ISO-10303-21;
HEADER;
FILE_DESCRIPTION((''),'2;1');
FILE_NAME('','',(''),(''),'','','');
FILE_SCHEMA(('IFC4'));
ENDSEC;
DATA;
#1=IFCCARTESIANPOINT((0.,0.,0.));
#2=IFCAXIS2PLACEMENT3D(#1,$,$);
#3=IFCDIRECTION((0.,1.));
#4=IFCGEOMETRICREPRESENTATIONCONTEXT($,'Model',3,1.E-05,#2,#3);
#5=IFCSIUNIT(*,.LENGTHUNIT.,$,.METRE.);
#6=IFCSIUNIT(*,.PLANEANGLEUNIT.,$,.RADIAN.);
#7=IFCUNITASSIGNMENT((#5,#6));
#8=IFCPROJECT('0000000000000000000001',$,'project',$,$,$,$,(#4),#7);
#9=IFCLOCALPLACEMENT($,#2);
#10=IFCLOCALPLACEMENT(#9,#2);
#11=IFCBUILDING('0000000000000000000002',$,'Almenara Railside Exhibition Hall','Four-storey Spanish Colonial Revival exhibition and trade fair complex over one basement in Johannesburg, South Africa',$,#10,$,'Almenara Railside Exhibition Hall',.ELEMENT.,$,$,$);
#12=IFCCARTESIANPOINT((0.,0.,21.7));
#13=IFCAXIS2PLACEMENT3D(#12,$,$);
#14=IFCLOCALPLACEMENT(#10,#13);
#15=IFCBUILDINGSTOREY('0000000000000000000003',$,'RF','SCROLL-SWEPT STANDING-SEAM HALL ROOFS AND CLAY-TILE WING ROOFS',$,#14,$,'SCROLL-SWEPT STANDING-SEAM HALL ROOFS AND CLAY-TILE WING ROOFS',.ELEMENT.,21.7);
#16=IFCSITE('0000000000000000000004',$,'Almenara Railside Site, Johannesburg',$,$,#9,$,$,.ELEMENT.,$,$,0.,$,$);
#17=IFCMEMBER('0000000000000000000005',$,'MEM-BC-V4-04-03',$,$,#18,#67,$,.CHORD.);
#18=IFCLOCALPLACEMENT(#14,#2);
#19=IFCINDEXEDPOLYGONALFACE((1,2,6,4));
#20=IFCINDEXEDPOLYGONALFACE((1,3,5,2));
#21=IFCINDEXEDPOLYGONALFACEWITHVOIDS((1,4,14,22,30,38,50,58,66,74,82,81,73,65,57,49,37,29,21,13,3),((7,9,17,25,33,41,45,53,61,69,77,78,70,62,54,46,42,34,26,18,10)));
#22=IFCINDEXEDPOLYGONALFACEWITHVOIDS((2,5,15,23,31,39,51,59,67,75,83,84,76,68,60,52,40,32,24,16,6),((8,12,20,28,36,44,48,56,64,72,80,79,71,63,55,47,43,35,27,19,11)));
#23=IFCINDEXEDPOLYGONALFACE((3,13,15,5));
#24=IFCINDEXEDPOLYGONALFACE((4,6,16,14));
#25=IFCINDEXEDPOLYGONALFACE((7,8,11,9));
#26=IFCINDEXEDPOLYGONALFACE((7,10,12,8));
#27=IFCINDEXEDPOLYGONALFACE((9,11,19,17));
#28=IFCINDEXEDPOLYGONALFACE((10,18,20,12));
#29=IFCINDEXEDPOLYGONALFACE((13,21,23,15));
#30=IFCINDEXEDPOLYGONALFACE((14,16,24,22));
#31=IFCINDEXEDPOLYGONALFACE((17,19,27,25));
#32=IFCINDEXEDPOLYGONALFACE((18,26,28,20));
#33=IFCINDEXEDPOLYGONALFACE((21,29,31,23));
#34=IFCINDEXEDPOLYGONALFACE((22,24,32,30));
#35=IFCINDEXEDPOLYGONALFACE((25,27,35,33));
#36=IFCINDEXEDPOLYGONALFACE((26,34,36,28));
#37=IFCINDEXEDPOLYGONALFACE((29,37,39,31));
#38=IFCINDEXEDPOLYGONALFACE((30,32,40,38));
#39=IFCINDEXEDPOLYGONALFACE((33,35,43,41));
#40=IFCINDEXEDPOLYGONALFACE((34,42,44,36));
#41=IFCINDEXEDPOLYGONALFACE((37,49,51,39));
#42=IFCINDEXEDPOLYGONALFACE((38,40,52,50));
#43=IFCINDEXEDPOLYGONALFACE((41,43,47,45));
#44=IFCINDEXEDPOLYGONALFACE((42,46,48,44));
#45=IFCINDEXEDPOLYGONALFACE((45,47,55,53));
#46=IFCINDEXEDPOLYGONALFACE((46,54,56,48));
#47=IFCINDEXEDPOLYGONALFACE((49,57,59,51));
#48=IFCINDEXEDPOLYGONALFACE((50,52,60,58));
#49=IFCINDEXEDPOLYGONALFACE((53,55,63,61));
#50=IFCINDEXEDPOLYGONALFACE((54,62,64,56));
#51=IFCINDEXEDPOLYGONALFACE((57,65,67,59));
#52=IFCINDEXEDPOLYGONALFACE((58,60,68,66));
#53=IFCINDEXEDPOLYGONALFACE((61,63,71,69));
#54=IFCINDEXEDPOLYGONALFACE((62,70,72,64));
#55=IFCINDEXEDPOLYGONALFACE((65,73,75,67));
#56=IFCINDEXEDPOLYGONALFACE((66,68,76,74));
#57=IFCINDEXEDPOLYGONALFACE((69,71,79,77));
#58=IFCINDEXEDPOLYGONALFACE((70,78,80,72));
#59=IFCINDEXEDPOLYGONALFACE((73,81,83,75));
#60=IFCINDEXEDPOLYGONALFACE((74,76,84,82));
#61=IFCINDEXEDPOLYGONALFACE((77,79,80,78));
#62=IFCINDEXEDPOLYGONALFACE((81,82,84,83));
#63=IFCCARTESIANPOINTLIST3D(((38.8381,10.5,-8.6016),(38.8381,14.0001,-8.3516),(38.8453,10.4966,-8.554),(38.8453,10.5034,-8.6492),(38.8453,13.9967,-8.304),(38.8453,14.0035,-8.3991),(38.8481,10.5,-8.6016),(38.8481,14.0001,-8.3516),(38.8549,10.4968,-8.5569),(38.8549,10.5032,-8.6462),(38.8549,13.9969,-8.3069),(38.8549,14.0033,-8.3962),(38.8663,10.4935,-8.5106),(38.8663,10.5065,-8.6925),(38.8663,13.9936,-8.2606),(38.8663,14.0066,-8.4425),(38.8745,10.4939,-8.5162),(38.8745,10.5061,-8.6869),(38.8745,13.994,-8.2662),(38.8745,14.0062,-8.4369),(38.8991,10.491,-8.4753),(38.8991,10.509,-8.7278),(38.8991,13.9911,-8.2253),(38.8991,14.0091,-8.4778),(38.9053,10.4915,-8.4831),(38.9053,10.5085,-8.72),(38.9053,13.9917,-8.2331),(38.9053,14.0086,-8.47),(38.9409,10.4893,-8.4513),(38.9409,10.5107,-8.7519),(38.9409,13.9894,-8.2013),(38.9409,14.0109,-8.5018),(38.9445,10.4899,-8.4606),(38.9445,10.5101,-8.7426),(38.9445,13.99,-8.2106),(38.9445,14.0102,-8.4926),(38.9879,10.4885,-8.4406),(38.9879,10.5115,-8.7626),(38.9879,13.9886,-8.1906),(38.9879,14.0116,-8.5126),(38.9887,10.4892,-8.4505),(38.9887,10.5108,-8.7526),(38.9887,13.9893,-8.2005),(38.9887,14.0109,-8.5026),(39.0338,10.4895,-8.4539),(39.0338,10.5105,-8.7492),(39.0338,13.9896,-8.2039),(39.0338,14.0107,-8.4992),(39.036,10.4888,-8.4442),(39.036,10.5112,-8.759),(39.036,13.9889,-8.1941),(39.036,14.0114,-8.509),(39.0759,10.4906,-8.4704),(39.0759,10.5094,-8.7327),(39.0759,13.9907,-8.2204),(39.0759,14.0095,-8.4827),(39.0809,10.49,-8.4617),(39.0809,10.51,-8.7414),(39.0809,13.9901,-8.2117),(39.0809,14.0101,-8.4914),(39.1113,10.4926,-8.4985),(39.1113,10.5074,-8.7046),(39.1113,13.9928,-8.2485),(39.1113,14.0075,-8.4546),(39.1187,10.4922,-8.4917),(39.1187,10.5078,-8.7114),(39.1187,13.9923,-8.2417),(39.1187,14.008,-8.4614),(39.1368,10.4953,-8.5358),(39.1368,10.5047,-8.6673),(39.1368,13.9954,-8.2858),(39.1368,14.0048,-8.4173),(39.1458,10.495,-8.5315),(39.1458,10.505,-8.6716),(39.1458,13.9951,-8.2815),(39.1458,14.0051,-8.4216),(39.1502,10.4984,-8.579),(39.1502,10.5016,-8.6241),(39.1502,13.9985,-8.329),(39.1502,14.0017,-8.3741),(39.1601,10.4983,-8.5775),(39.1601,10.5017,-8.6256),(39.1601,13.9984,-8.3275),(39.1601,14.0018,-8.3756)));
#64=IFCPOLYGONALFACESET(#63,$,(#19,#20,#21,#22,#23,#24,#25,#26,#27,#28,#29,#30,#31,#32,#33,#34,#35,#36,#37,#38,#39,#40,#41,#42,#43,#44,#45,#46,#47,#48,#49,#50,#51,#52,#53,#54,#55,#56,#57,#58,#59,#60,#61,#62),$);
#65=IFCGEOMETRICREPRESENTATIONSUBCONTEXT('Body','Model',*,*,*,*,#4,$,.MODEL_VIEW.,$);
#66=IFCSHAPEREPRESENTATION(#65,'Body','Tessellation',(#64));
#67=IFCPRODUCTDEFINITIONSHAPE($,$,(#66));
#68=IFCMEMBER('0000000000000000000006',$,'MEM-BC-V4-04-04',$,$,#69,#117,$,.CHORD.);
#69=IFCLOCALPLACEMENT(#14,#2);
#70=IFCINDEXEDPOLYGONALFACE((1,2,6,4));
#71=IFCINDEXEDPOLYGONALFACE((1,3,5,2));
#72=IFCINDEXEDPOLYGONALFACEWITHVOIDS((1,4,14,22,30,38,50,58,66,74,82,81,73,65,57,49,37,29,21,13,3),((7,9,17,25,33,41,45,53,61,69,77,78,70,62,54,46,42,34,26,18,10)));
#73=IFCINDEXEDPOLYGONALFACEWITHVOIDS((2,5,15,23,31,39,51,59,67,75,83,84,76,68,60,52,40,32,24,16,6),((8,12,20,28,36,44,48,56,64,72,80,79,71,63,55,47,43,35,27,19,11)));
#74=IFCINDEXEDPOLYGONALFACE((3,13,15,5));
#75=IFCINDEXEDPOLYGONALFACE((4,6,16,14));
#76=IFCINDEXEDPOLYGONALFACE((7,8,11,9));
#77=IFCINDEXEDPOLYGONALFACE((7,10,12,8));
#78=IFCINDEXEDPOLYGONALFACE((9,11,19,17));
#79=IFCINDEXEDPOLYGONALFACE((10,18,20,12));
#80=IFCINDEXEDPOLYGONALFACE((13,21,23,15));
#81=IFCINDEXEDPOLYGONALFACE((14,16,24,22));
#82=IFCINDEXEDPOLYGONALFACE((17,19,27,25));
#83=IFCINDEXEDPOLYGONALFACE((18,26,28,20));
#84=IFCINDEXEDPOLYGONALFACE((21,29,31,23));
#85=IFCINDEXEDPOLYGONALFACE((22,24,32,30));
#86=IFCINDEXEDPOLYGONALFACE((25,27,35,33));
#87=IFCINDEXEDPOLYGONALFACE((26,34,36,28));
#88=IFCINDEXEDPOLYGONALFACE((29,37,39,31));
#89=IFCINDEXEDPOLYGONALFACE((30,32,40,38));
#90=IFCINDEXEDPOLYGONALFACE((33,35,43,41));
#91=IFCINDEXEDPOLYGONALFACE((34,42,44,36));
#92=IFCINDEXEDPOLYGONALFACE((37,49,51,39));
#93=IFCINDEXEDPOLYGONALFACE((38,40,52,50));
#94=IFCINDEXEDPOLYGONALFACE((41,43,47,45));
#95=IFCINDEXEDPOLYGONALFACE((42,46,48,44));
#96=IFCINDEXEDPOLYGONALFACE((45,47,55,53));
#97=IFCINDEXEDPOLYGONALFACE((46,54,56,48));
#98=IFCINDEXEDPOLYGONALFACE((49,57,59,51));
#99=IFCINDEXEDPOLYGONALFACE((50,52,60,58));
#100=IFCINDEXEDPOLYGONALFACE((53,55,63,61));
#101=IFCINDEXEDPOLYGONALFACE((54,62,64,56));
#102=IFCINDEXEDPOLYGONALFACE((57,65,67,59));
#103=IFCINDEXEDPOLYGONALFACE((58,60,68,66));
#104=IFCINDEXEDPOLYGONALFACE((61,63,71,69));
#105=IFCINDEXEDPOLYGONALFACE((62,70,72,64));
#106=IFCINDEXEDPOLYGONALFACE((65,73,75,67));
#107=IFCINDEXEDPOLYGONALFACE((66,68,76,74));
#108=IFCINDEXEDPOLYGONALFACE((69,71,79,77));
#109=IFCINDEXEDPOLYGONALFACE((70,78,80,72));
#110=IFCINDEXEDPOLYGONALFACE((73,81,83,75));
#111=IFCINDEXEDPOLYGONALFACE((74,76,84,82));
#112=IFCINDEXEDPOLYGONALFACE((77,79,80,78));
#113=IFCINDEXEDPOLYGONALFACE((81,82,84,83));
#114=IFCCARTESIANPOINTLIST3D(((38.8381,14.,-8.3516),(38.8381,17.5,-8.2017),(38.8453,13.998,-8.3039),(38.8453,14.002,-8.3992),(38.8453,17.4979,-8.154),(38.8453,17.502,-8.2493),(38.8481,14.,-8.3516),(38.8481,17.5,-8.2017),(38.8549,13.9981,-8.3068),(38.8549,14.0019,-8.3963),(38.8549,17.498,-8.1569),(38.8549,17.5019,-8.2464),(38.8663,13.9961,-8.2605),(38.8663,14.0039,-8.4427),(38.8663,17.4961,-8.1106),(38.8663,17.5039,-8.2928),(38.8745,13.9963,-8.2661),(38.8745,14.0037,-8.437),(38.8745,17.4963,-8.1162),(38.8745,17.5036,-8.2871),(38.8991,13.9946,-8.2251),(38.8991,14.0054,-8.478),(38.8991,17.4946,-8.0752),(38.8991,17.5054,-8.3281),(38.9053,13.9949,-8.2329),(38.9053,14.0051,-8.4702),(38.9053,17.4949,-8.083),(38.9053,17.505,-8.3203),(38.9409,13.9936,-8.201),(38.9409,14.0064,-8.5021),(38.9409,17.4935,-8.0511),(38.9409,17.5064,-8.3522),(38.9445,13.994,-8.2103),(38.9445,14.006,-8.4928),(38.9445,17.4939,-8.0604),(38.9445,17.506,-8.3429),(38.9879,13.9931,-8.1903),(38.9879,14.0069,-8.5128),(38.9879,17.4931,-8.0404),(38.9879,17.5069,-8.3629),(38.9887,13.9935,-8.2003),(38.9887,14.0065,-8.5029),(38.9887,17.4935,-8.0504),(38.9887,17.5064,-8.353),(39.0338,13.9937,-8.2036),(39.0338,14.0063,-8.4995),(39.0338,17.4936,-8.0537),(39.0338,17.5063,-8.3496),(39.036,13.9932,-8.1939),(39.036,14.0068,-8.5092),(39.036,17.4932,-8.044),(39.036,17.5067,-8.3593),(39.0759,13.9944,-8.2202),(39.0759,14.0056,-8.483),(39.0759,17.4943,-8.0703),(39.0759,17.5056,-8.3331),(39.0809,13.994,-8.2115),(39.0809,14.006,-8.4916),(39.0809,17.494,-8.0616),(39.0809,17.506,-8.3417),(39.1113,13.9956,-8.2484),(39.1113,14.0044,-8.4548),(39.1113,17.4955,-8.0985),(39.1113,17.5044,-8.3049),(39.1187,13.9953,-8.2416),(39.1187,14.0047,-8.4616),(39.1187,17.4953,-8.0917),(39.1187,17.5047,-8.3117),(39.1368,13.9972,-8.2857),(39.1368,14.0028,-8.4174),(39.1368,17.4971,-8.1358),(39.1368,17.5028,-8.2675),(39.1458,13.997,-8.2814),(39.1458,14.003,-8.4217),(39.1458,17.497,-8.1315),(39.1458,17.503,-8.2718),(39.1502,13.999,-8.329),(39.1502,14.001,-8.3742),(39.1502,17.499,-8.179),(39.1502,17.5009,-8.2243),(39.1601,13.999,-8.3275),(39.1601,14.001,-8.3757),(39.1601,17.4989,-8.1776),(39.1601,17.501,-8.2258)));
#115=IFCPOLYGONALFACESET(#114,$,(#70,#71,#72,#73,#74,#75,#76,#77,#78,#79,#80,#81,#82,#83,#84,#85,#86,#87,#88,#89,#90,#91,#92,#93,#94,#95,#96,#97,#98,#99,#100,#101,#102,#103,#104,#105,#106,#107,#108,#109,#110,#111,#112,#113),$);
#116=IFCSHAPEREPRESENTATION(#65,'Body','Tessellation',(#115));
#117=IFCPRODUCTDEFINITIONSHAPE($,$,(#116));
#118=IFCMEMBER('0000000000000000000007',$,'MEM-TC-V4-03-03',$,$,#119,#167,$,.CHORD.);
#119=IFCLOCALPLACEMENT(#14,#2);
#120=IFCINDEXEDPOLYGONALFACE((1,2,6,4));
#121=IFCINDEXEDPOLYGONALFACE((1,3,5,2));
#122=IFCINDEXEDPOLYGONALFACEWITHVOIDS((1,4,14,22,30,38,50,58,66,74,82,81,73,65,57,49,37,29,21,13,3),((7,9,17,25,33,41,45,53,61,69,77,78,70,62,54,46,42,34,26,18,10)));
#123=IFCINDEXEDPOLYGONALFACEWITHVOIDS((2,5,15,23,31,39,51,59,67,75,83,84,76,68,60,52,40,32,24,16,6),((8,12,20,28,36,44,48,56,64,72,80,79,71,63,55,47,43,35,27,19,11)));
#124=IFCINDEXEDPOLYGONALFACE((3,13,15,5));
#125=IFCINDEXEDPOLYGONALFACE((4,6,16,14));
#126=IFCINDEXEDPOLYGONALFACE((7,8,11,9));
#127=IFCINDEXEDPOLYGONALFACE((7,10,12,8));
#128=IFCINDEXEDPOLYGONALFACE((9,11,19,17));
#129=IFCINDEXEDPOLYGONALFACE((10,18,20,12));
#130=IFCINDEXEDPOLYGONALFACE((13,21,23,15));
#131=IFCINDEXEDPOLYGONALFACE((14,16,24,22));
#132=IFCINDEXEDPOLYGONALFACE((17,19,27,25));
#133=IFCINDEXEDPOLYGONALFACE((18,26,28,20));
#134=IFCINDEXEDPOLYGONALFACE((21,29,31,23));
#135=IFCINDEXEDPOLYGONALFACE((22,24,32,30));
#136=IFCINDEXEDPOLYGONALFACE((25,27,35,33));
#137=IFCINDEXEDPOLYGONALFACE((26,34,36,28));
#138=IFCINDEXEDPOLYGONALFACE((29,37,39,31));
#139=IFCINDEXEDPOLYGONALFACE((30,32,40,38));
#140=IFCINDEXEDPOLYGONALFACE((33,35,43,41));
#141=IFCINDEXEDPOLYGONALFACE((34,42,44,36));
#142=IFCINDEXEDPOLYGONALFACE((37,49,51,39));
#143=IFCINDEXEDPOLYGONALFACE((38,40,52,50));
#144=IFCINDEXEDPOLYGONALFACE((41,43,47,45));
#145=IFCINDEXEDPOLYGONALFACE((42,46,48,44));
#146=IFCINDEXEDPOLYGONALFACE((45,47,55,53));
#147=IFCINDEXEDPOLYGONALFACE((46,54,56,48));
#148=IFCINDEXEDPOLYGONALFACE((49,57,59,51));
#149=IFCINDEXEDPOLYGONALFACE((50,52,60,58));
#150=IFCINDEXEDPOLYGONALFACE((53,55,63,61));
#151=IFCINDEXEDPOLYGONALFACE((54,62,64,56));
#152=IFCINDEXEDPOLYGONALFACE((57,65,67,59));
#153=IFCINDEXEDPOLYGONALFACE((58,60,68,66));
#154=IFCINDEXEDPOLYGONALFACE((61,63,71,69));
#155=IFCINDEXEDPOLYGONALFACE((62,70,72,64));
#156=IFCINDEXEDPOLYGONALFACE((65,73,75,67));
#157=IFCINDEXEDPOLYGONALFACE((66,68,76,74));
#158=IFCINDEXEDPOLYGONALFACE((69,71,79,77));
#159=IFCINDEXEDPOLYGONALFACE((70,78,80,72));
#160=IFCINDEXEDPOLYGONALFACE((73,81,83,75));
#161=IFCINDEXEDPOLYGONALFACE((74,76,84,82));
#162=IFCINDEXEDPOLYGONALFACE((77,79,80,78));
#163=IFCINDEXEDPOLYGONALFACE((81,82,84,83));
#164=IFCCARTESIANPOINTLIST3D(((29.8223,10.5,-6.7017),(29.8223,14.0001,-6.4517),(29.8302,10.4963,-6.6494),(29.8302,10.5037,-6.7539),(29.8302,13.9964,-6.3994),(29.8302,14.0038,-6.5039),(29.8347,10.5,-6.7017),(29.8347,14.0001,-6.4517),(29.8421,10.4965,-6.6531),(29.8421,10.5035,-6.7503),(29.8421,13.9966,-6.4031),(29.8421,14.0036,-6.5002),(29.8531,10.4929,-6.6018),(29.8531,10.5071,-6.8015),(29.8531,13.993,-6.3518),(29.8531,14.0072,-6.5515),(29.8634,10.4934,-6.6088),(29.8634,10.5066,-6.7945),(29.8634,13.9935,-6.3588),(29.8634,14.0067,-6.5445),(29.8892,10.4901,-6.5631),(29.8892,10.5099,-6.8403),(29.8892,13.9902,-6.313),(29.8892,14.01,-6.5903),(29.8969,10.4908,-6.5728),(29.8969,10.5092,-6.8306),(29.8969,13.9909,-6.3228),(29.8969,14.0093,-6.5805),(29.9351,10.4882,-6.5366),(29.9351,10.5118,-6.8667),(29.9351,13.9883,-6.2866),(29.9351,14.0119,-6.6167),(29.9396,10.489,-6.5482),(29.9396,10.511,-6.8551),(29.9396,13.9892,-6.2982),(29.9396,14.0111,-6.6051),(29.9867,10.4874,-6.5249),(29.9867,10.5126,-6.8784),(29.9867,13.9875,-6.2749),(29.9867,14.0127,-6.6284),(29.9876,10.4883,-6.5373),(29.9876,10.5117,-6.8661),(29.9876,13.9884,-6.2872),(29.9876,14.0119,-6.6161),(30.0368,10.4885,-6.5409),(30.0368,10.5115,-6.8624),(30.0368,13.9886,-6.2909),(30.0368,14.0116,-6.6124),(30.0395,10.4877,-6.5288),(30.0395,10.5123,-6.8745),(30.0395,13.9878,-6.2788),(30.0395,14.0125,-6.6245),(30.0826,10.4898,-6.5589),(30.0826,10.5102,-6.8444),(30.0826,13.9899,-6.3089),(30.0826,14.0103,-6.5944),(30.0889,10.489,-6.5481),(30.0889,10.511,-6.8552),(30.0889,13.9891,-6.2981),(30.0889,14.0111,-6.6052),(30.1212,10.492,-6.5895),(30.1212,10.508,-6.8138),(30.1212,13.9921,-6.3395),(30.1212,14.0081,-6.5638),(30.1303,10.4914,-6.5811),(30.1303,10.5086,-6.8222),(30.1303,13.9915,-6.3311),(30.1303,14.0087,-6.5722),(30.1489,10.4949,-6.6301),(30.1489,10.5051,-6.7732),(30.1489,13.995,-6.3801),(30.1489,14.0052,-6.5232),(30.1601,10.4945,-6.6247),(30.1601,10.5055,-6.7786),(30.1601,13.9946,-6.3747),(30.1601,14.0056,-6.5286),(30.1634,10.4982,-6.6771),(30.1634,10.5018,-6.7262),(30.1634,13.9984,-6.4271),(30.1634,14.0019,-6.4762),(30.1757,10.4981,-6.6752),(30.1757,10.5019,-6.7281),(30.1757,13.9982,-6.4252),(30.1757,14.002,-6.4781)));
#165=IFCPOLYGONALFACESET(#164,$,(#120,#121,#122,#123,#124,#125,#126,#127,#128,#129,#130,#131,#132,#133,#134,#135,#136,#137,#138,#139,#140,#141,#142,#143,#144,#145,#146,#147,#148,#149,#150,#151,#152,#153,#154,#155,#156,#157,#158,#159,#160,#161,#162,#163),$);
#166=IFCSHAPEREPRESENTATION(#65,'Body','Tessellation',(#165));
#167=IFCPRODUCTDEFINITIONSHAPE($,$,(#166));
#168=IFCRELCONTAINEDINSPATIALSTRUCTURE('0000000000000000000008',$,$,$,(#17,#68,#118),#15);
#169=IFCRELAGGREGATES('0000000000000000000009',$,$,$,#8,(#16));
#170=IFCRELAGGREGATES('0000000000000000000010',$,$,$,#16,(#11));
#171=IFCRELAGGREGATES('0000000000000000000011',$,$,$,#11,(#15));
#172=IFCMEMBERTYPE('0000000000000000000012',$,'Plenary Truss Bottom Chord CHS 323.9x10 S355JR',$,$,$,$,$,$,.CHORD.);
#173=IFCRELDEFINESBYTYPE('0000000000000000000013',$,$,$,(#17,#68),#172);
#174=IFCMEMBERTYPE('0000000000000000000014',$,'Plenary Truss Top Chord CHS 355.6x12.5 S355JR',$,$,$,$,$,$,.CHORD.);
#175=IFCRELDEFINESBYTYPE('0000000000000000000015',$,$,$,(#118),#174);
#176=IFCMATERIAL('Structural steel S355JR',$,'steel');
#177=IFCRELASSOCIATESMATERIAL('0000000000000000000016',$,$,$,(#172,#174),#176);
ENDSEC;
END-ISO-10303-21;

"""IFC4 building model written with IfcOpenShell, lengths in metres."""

from ifc_helpers import new_model, si_unit, direction, frame, origin, origin_2d, place, context, subcontext, project, spatial, hollow_circle, extrude, material, material_profile, profile_set, type_object, element, save


model = new_model("IFC4")

# Units and contexts
model_context = context("Model", 3, precision=1e-05, world=origin(), true_north=direction((0.0, 1.0)))
body_context = subcontext(model_context, "Body", "Model", "MODEL_VIEW")
ifc_project = project(units=[si_unit("LENGTHUNIT", "METRE"), si_unit("PLANEANGLEUNIT", "RADIAN")], contexts=[model_context])

# Site, building, storey
site_placement = place(None, origin())
site = spatial("IfcSite", under=ifc_project, at=site_placement, Name="Almenara Railside Site, Johannesburg", CompositionType="ELEMENT", RefElevation=0.0)
building_placement = place(site_placement, origin())
building = spatial("IfcBuilding", under=site, at=building_placement, Name="Almenara Railside Exhibition Hall", Description="Four-storey Spanish Colonial Revival exhibition and trade fair complex over one basement in Johannesburg, South Africa", LongName="Almenara Railside Exhibition Hall", CompositionType="ELEMENT")
storey_placement = place(building_placement, frame((0.0, 0.0, 21.7)))
storey = spatial("IfcBuildingStorey", under=building, at=storey_placement, Name="RF", Description="SCROLL-SWEPT STANDING-SEAM HALL ROOFS AND CLAY-TILE WING ROOFS", LongName="SCROLL-SWEPT STANDING-SEAM HALL ROOFS AND CLAY-TILE WING ROOFS", CompositionType="ELEMENT", Elevation=21.7)

# Members
ifc_material_1 = material(Name="Structural steel S355JR", Category="steel")
ifc_material_profile_1 = material_profile(ifc_material_1, hollow_circle(Radius=0.1619, WallThickness=0.01, at=origin_2d()), Name="CHS 323.9x10")
ifc_profile_set_1 = profile_set([ifc_material_profile_1], Name="Structural steel S355JR")
member_type_1 = type_object("IfcMemberType", Name="Plenary Truss Bottom Chord CHS 323.9x10 S355JR", PredefinedType="CHORD", material=ifc_profile_set_1)
member_1_placement = place(storey_placement, frame((39.0, 10.5, -8.6016), z_axis=(0.0, 0.997459, 0.071247), x_axis=(-1.0, 0.0, 0.0)))
element("IfcMember", 1, at=member_1_placement, inside=storey, type_object=member_type_1, Name="MEM-BC-V4-04-03", PredefinedType="CHORD", context=body_context, shape_type="SweptSolid", body=[
    extrude(hollow_circle(Radius=0.1619, WallThickness=0.01, at=origin_2d()), origin(), (0.0, 0.0, 1.0), 3.509),
])
member_2_placement = place(storey_placement, frame((39.0, 14.0, -8.3516), z_axis=(0.0, 0.999084, 0.04279), x_axis=(-1.0, 0.0, 0.0)))
element("IfcMember", 2, at=member_2_placement, inside=storey, type_object=member_type_1, Name="MEM-BC-V4-04-04", PredefinedType="CHORD", context=body_context, shape_type="SweptSolid", body=[
    extrude(hollow_circle(Radius=0.1619, WallThickness=0.01, at=origin_2d()), origin(), (0.0, 0.0, 1.0), 3.5032),
])
ifc_material_profile_2 = material_profile(ifc_material_1, hollow_circle(Radius=0.1777, WallThickness=0.0125, at=origin_2d()), Name="CHS 355.6x12.5")
ifc_profile_set_2 = profile_set([ifc_material_profile_2], Name="Structural steel S355JR")
member_type_2 = type_object("IfcMemberType", Name="Plenary Truss Top Chord CHS 355.6x12.5 S355JR", PredefinedType="CHORD", material=ifc_profile_set_2)
member_3_placement = place(storey_placement, frame((30.0, 10.5, -6.7017), z_axis=(0.0, 0.997459, 0.071247), x_axis=(-1.0, 0.0, 0.0)))
element("IfcMember", 3, at=member_3_placement, inside=storey, type_object=member_type_2, Name="MEM-TC-V4-03-03", PredefinedType="CHORD", context=body_context, shape_type="SweptSolid", body=[
    extrude(hollow_circle(Radius=0.1777, WallThickness=0.0125, at=origin_2d()), origin(), (0.0, 0.0, 1.0), 3.509),
])

save(model, "model.ifc")
